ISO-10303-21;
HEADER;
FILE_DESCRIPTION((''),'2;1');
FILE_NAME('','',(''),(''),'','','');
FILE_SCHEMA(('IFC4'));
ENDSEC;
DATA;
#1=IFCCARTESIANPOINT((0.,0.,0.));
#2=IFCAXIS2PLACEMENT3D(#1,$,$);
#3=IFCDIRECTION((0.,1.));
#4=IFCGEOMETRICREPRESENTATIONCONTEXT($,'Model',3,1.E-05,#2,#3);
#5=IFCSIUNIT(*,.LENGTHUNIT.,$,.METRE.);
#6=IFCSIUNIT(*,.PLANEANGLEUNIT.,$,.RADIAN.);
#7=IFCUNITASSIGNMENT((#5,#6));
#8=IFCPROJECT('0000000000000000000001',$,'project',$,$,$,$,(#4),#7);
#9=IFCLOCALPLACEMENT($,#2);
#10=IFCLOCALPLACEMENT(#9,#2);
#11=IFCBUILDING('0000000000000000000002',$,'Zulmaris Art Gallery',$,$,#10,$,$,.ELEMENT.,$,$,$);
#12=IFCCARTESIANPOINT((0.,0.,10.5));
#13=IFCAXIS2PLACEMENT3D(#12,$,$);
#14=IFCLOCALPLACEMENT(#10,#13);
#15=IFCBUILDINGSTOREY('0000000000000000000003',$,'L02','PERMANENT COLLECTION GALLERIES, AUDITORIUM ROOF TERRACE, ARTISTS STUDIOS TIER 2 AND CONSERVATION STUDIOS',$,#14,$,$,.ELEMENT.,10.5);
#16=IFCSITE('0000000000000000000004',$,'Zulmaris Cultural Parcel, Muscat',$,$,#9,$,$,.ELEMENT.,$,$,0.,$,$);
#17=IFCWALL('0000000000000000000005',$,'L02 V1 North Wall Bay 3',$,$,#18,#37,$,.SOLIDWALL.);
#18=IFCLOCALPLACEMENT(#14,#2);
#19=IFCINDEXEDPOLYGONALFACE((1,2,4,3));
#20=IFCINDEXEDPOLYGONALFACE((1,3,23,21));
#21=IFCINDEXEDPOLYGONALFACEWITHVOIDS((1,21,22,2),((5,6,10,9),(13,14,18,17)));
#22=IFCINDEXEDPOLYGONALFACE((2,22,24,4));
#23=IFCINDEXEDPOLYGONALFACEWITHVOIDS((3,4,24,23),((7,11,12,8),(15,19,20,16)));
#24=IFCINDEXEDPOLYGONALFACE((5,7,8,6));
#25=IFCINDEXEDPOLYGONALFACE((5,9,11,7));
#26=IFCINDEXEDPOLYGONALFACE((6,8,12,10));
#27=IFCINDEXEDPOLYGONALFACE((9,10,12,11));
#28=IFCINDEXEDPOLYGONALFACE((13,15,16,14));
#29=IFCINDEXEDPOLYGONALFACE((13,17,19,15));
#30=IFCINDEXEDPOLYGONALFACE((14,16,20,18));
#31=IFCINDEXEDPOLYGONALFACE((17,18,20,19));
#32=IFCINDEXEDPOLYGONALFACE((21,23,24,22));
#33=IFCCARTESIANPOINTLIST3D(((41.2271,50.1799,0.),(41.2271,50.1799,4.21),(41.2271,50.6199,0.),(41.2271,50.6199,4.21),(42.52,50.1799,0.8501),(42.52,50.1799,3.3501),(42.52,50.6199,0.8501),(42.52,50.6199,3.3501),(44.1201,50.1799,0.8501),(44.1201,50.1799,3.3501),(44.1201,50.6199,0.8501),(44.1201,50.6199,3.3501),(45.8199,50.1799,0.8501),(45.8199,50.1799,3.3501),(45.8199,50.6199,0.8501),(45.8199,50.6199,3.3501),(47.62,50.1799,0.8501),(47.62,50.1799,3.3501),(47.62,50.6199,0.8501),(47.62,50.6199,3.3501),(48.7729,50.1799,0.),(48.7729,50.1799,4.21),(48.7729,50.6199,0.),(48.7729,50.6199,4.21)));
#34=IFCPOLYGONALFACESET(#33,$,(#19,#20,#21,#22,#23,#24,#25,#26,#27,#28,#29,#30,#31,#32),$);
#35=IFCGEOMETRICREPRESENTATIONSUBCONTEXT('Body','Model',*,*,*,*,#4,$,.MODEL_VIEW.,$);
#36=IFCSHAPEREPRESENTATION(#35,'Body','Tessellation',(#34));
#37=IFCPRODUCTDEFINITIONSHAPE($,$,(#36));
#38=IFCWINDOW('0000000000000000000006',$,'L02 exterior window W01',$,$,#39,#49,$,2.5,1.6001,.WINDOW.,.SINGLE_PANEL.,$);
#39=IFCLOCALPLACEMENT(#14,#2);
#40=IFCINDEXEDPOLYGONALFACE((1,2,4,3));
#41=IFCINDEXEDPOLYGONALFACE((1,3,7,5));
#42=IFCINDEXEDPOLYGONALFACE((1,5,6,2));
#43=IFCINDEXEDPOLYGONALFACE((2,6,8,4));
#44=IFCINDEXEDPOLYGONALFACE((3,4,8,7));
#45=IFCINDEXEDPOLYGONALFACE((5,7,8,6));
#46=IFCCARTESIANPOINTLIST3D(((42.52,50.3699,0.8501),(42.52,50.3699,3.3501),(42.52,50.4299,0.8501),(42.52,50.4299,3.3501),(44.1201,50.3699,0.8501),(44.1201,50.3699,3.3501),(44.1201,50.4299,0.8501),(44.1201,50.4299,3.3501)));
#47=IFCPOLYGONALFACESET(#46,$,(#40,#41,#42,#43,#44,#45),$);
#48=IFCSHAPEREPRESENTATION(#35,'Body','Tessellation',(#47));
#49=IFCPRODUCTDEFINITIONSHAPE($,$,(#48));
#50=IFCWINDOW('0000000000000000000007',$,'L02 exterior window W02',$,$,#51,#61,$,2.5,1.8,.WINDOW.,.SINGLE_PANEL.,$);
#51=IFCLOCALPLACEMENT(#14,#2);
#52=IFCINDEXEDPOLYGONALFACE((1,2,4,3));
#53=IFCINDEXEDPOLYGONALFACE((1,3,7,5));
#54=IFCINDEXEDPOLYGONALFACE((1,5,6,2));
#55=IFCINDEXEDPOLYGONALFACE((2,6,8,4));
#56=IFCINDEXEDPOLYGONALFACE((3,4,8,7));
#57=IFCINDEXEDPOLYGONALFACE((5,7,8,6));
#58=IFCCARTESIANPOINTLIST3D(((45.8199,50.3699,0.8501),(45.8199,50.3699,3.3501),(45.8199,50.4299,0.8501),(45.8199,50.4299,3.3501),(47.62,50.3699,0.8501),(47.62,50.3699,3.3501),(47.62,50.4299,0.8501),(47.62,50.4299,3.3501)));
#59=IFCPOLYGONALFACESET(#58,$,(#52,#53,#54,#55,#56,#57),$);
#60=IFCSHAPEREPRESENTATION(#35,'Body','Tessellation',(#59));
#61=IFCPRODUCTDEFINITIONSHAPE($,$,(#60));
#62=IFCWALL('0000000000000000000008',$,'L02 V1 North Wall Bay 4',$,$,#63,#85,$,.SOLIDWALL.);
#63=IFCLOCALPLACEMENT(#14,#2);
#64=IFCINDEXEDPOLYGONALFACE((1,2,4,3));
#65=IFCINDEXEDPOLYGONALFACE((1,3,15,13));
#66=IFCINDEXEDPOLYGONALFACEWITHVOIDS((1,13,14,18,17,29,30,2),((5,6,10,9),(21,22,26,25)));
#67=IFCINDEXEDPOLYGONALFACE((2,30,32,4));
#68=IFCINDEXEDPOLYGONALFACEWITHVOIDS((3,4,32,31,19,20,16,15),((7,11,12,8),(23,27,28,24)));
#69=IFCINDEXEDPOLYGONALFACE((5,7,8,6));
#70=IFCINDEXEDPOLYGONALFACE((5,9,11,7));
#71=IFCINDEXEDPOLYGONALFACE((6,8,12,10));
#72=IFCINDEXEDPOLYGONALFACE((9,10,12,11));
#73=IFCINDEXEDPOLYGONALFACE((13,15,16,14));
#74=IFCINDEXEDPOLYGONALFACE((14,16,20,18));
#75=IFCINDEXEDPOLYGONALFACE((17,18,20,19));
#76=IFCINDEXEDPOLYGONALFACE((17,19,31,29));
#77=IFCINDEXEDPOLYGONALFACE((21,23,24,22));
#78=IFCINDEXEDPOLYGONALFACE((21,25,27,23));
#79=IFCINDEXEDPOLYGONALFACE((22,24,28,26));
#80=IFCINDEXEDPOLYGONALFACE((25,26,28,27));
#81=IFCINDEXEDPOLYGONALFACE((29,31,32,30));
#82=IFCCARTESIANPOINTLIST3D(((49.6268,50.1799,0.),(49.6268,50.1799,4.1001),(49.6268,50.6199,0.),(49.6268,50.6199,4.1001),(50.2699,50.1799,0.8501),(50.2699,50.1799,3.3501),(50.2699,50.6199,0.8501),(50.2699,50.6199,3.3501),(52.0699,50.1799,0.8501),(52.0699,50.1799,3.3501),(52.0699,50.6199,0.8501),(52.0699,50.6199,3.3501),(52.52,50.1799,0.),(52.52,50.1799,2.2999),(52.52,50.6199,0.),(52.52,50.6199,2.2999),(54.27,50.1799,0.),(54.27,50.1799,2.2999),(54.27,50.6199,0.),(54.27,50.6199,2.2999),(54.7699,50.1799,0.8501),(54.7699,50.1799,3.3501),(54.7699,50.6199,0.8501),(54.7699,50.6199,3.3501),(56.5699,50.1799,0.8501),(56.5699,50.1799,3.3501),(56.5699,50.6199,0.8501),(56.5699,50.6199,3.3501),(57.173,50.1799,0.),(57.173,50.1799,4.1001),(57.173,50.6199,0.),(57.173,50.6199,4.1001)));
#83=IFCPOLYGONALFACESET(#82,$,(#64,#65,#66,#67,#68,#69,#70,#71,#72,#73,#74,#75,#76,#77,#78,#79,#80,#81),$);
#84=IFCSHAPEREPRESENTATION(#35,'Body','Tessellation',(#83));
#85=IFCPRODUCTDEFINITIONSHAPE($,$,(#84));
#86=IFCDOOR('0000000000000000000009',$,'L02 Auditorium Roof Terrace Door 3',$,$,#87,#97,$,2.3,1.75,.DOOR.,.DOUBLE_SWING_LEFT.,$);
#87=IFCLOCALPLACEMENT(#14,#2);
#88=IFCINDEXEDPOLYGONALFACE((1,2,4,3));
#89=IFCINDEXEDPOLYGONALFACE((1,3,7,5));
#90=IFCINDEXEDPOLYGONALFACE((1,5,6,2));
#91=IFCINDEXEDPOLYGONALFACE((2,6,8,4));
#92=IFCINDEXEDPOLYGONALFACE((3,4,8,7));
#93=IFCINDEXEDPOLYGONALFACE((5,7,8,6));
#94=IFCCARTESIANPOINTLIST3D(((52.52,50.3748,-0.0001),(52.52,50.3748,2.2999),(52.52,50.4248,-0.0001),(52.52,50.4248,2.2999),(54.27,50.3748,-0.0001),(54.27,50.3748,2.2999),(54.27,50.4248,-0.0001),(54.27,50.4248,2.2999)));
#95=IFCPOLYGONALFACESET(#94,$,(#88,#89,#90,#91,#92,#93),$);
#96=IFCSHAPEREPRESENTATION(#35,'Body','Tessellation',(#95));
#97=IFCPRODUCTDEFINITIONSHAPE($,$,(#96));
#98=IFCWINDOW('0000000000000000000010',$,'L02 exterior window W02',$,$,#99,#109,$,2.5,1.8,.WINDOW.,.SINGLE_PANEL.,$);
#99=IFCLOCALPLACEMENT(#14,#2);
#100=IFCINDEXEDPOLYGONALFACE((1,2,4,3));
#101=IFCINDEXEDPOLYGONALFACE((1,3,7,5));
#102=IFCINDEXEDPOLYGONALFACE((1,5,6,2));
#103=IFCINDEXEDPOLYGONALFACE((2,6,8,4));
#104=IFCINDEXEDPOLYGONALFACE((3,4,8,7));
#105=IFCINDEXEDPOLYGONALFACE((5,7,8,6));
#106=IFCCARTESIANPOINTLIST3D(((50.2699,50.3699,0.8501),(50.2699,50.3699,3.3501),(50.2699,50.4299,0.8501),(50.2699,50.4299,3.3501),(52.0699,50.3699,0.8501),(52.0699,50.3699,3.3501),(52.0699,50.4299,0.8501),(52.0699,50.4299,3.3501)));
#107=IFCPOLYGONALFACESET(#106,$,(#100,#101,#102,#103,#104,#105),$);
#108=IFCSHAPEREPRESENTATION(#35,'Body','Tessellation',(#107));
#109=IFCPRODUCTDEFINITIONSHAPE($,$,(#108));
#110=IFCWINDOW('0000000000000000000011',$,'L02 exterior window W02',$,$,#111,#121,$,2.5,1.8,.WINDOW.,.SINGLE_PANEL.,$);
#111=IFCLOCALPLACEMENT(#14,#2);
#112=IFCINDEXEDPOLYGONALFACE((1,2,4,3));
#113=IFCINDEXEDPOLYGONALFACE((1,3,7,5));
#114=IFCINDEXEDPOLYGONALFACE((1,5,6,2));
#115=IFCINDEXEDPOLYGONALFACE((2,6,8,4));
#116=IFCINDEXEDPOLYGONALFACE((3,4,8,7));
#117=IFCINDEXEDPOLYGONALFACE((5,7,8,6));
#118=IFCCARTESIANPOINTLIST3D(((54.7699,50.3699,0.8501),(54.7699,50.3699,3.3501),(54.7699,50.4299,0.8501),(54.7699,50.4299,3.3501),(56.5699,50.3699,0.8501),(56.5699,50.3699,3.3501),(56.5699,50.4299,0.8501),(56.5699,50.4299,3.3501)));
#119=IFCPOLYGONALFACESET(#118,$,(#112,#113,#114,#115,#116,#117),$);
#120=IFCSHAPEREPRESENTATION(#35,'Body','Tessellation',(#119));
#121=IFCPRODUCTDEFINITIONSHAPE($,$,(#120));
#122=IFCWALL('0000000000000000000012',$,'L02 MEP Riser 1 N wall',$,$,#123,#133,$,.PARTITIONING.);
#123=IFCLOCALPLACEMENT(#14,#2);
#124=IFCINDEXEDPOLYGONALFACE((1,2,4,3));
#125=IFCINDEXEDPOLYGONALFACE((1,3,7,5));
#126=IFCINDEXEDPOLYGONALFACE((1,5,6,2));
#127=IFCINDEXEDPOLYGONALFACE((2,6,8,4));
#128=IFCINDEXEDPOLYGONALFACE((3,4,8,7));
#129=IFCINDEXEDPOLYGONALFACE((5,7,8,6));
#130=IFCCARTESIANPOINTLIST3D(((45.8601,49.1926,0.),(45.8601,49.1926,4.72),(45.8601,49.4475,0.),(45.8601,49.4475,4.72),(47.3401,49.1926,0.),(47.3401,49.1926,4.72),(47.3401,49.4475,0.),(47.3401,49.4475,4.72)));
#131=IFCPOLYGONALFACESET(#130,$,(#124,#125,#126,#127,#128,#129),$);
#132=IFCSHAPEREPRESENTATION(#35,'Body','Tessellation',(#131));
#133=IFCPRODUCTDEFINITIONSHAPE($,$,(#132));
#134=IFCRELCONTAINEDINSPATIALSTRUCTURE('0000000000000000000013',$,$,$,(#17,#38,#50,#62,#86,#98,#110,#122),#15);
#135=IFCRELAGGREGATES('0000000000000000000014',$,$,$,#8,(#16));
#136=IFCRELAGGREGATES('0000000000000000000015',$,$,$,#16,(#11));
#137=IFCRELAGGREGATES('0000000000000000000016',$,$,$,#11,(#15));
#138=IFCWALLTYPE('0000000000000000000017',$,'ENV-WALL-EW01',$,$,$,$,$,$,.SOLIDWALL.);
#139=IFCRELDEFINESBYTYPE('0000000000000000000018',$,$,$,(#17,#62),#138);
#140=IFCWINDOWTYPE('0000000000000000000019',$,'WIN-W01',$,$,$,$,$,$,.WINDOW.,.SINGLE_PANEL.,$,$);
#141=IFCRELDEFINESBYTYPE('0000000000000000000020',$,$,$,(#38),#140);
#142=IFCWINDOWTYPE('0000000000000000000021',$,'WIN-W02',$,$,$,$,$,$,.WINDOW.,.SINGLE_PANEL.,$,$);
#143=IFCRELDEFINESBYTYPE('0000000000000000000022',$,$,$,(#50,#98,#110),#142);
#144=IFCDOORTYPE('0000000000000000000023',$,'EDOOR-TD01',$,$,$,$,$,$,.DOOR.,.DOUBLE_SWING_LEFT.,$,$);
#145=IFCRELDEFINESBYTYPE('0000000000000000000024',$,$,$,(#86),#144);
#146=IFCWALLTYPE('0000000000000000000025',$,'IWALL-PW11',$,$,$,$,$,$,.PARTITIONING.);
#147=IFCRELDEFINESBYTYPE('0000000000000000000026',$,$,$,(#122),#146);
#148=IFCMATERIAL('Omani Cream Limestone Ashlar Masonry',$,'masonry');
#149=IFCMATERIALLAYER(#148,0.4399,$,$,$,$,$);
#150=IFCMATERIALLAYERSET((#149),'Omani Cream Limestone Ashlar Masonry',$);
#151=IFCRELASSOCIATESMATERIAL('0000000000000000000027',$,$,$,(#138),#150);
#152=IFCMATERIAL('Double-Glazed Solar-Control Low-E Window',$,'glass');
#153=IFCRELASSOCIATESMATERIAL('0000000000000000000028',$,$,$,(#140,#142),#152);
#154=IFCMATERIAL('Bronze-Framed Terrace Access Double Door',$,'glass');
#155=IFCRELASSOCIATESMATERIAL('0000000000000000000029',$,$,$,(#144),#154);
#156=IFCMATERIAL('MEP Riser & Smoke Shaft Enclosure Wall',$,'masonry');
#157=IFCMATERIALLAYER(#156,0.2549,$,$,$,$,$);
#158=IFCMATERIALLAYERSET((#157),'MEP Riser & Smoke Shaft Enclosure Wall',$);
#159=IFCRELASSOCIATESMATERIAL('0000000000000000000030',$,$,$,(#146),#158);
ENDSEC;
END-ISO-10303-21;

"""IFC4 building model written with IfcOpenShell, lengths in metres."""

from ifc_helpers import new_model, si_unit, direction, frame, frame_2d, origin, place, context, subcontext, project, spatial, rectangle, extrude, material, layer, layer_set, type_object, element, fill, save


model = new_model("IFC4")

# Units and contexts
model_context = context("Model", 3, precision=1e-05, world=origin(), true_north=direction((0.0, 1.0)))
body_context = subcontext(model_context, "Body", "Model", "MODEL_VIEW")
ifc_project = project(units=[si_unit("LENGTHUNIT", "METRE"), si_unit("PLANEANGLEUNIT", "RADIAN")], contexts=[model_context])

# Site, building, storey
site_placement = place(None, origin())
site = spatial("IfcSite", under=ifc_project, at=site_placement, Name="Zulmaris Cultural Parcel, Muscat", CompositionType="ELEMENT", RefElevation=0.0)
building_placement = place(site_placement, origin())
building = spatial("IfcBuilding", under=site, at=building_placement, Name="Zulmaris Art Gallery", CompositionType="ELEMENT")
storey_placement = place(building_placement, frame((0.0, 0.0, 10.5)))
storey = spatial("IfcBuildingStorey", under=building, at=storey_placement, Name="L02", Description="PERMANENT COLLECTION GALLERIES, AUDITORIUM ROOF TERRACE, ARTISTS STUDIOS TIER 2 AND CONSERVATION STUDIOS", CompositionType="ELEMENT", Elevation=10.5)

# Shared definitions
ifc_material_1 = material(Name="Omani Cream Limestone Ashlar Masonry", Category="masonry")
ifc_layer_1 = layer(ifc_material_1, 0.4399)
ifc_layer_set_1 = layer_set([ifc_layer_1], Name="Omani Cream Limestone Ashlar Masonry")
wall_type_1 = type_object("IfcWallType", Name="ENV-WALL-EW01", PredefinedType="SOLIDWALL", material=ifc_layer_set_1)

# Wall, openings, windows
ifc_material_2 = material(Name="Double-Glazed Solar-Control Low-E Window", Category="glass")
window_type_1 = type_object("IfcWindowType", Name="WIN-W01", PartitioningType="SINGLE_PANEL", PredefinedType="WINDOW", material=ifc_material_2)
window_type_2 = type_object("IfcWindowType", Name="WIN-W02", PartitioningType="SINGLE_PANEL", PredefinedType="WINDOW", material=ifc_material_2)
wall_1_placement = place(storey_placement, frame((41.2271, 50.3999, 0.0), z_axis=(0.0, 0.0, 1.0), x_axis=(1.0, 0.0, 0.0)))
wall_1 = element("IfcWall", 1, at=wall_1_placement, inside=storey, type_object=wall_type_1, Name="L02 V1 North Wall Bay 3", PredefinedType="SOLIDWALL", context=body_context, shape_type="SweptSolid", body=[
    extrude(rectangle(XDim=7.5459, YDim=0.4399, at=frame_2d((3.7729, 0.0))), origin(), (0.0, 0.0, 1.0), 4.21),
])
opening_1_placement = place(wall_1_placement, frame((1.293, 0.0, 0.8501)))
opening_1 = element("IfcOpeningElement", 2, at=opening_1_placement, cuts=wall_1, PredefinedType="OPENING", context=body_context, shape_type="SweptSolid", body=[
    extrude(rectangle(XDim=1.6001, YDim=2.5, at=frame_2d((0.8, 1.25))), frame((0.0, 0.23, 0.0), z_axis=(0.0, -1.0, 0.0), x_axis=(1.0, 0.0, 0.0)), (0.0, 0.0, 1.0), 0.46),
])
opening_2_placement = place(wall_1_placement, frame((4.593, 0.0, 0.8501)))
opening_2 = element("IfcOpeningElement", 3, at=opening_2_placement, cuts=wall_1, PredefinedType="OPENING", context=body_context, shape_type="SweptSolid", body=[
    extrude(rectangle(XDim=1.8, YDim=2.5, at=frame_2d((0.8999, 1.25))), frame((0.0, 0.23, 0.0), z_axis=(0.0, -1.0, 0.0), x_axis=(1.0, 0.0, 0.0)), (0.0, 0.0, 1.0), 0.46),
])
window_1_placement = place(opening_1_placement, origin())
window_1 = element("IfcWindow", 4, at=window_1_placement, inside=storey, type_object=window_type_1, Name="L02 exterior window W01", OverallHeight=2.5, OverallWidth=1.6001, PartitioningType="SINGLE_PANEL", PredefinedType="WINDOW", context=body_context, shape_type="SweptSolid", body=[
    extrude(rectangle(XDim=1.6001, YDim=2.5, at=frame_2d((0.8, 1.25))), frame((0.0, 0.03, 0.0), z_axis=(0.0, -1.0, 0.0), x_axis=(1.0, 0.0, 0.0)), (0.0, 0.0, 1.0), 0.0601),
])
fill(opening_1, window_1)
window_2_placement = place(opening_2_placement, origin())
window_2 = element("IfcWindow", 5, at=window_2_placement, inside=storey, type_object=window_type_2, Name="L02 exterior window W02", OverallHeight=2.5, OverallWidth=1.8, PartitioningType="SINGLE_PANEL", PredefinedType="WINDOW", context=body_context, shape_type="SweptSolid", body=[
    extrude(rectangle(XDim=1.8, YDim=2.5, at=frame_2d((0.8999, 1.25))), frame((0.0, 0.03, 0.0), z_axis=(0.0, -1.0, 0.0), x_axis=(1.0, 0.0, 0.0)), (0.0, 0.0, 1.0), 0.0601),
])
fill(opening_2, window_2)

# Wall, openings, door, windows
wall_2_placement = place(storey_placement, frame((49.627, 50.3999, 0.0), z_axis=(0.0, 0.0, 1.0), x_axis=(1.0, 0.0, 0.0)))
wall_2 = element("IfcWall", 6, at=wall_2_placement, inside=storey, type_object=wall_type_1, Name="L02 V1 North Wall Bay 4", PredefinedType="SOLIDWALL", context=body_context, shape_type="SweptSolid", body=[
    extrude(rectangle(XDim=7.5461, YDim=0.4399, at=frame_2d((3.7729, 0.0))), origin(), (0.0, 0.0, 1.0), 4.1001),
])
opening_3_placement = place(wall_2_placement, frame((0.6431, 0.0, 0.8501)))
opening_3 = element("IfcOpeningElement", 7, at=opening_3_placement, cuts=wall_2, PredefinedType="OPENING", context=body_context, shape_type="SweptSolid", body=[
    extrude(rectangle(XDim=1.8, YDim=2.5, at=frame_2d((0.8999, 1.25))), frame((0.0, 0.23, 0.0), z_axis=(0.0, -1.0, 0.0), x_axis=(1.0, 0.0, 0.0)), (0.0, 0.0, 1.0), 0.46),
])
opening_4_placement = place(wall_2_placement, frame((5.1431, 0.0, 0.8501)))
opening_4 = element("IfcOpeningElement", 8, at=opening_4_placement, cuts=wall_2, PredefinedType="OPENING", context=body_context, shape_type="SweptSolid", body=[
    extrude(rectangle(XDim=1.8, YDim=2.5, at=frame_2d((0.8999, 1.25))), frame((0.0, 0.23, 0.0), z_axis=(0.0, -1.0, 0.0), x_axis=(1.0, 0.0, 0.0)), (0.0, 0.0, 1.0), 0.46),
])
opening_5_placement = place(wall_2_placement, frame((2.8931, 0.0, 0.0)))
opening_5 = element("IfcOpeningElement", 9, at=opening_5_placement, cuts=wall_2, PredefinedType="OPENING", context=body_context, shape_type="SweptSolid", body=[
    extrude(rectangle(XDim=1.75, YDim=2.3, at=frame_2d((0.875, 1.1499))), frame((0.0, 0.23, 0.0), z_axis=(0.0, -1.0, 0.0), x_axis=(1.0, 0.0, 0.0)), (0.0, 0.0, 1.0), 0.46),
])
ifc_material_3 = material(Name="Bronze-Framed Terrace Access Double Door", Category="glass")
door_type = type_object("IfcDoorType", Name="EDOOR-TD01", OperationType="DOUBLE_SWING_LEFT", PredefinedType="DOOR", material=ifc_material_3)
door_placement = place(opening_5_placement, origin())
door = element("IfcDoor", 10, at=door_placement, inside=storey, type_object=door_type, Name="L02 Auditorium Roof Terrace Door 3", OperationType="DOUBLE_SWING_LEFT", OverallHeight=2.3, OverallWidth=1.75, PredefinedType="DOOR", context=body_context, shape_type="SweptSolid", body=[
    extrude(rectangle(XDim=1.75, YDim=2.3, at=frame_2d((0.875, 1.1499))), frame((0.0, 0.0249, 0.0), z_axis=(0.0, -1.0, 0.0), x_axis=(1.0, 0.0, 0.0)), (0.0, 0.0, 1.0), 0.05),
])
fill(opening_5, door)
window_3_placement = place(opening_3_placement, origin())
window_3 = element("IfcWindow", 11, at=window_3_placement, inside=storey, type_object=window_type_2, Name="L02 exterior window W02", OverallHeight=2.5, OverallWidth=1.8, PartitioningType="SINGLE_PANEL", PredefinedType="WINDOW", context=body_context, shape_type="SweptSolid", body=[
    extrude(rectangle(XDim=1.8, YDim=2.5, at=frame_2d((0.8999, 1.25))), frame((0.0, 0.03, 0.0), z_axis=(0.0, -1.0, 0.0), x_axis=(1.0, 0.0, 0.0)), (0.0, 0.0, 1.0), 0.0601),
])
fill(opening_3, window_3)
window_4_placement = place(opening_4_placement, origin())
window_4 = element("IfcWindow", 12, at=window_4_placement, inside=storey, type_object=window_type_2, Name="L02 exterior window W02", OverallHeight=2.5, OverallWidth=1.8, PartitioningType="SINGLE_PANEL", PredefinedType="WINDOW", context=body_context, shape_type="SweptSolid", body=[
    extrude(rectangle(XDim=1.8, YDim=2.5, at=frame_2d((0.8999, 1.25))), frame((0.0, 0.03, 0.0), z_axis=(0.0, -1.0, 0.0), x_axis=(1.0, 0.0, 0.0)), (0.0, 0.0, 1.0), 0.0601),
])
fill(opening_4, window_4)

# Wall
ifc_material_4 = material(Name="MEP Riser & Smoke Shaft Enclosure Wall", Category="masonry")
ifc_layer_2 = layer(ifc_material_4, 0.2549)
ifc_layer_set_2 = layer_set([ifc_layer_2], Name="MEP Riser & Smoke Shaft Enclosure Wall")
wall_type_2 = type_object("IfcWallType", Name="IWALL-PW11", PredefinedType="PARTITIONING", material=ifc_layer_set_2)
wall_3_placement = place(storey_placement, frame((45.8601, 49.3201, 0.0), z_axis=(0.0, 0.0, 1.0), x_axis=(1.0, 0.0, 0.0)))
element("IfcWall", 13, at=wall_3_placement, inside=storey, type_object=wall_type_2, Name="L02 MEP Riser 1 N wall", PredefinedType="PARTITIONING", context=body_context, shape_type="SweptSolid", body=[
    extrude(rectangle(XDim=1.48, YDim=0.2549, at=frame_2d((0.74, 0.0))), origin(), (0.0, 0.0, 1.0), 4.72),
])

save(model, "model.ifc")
